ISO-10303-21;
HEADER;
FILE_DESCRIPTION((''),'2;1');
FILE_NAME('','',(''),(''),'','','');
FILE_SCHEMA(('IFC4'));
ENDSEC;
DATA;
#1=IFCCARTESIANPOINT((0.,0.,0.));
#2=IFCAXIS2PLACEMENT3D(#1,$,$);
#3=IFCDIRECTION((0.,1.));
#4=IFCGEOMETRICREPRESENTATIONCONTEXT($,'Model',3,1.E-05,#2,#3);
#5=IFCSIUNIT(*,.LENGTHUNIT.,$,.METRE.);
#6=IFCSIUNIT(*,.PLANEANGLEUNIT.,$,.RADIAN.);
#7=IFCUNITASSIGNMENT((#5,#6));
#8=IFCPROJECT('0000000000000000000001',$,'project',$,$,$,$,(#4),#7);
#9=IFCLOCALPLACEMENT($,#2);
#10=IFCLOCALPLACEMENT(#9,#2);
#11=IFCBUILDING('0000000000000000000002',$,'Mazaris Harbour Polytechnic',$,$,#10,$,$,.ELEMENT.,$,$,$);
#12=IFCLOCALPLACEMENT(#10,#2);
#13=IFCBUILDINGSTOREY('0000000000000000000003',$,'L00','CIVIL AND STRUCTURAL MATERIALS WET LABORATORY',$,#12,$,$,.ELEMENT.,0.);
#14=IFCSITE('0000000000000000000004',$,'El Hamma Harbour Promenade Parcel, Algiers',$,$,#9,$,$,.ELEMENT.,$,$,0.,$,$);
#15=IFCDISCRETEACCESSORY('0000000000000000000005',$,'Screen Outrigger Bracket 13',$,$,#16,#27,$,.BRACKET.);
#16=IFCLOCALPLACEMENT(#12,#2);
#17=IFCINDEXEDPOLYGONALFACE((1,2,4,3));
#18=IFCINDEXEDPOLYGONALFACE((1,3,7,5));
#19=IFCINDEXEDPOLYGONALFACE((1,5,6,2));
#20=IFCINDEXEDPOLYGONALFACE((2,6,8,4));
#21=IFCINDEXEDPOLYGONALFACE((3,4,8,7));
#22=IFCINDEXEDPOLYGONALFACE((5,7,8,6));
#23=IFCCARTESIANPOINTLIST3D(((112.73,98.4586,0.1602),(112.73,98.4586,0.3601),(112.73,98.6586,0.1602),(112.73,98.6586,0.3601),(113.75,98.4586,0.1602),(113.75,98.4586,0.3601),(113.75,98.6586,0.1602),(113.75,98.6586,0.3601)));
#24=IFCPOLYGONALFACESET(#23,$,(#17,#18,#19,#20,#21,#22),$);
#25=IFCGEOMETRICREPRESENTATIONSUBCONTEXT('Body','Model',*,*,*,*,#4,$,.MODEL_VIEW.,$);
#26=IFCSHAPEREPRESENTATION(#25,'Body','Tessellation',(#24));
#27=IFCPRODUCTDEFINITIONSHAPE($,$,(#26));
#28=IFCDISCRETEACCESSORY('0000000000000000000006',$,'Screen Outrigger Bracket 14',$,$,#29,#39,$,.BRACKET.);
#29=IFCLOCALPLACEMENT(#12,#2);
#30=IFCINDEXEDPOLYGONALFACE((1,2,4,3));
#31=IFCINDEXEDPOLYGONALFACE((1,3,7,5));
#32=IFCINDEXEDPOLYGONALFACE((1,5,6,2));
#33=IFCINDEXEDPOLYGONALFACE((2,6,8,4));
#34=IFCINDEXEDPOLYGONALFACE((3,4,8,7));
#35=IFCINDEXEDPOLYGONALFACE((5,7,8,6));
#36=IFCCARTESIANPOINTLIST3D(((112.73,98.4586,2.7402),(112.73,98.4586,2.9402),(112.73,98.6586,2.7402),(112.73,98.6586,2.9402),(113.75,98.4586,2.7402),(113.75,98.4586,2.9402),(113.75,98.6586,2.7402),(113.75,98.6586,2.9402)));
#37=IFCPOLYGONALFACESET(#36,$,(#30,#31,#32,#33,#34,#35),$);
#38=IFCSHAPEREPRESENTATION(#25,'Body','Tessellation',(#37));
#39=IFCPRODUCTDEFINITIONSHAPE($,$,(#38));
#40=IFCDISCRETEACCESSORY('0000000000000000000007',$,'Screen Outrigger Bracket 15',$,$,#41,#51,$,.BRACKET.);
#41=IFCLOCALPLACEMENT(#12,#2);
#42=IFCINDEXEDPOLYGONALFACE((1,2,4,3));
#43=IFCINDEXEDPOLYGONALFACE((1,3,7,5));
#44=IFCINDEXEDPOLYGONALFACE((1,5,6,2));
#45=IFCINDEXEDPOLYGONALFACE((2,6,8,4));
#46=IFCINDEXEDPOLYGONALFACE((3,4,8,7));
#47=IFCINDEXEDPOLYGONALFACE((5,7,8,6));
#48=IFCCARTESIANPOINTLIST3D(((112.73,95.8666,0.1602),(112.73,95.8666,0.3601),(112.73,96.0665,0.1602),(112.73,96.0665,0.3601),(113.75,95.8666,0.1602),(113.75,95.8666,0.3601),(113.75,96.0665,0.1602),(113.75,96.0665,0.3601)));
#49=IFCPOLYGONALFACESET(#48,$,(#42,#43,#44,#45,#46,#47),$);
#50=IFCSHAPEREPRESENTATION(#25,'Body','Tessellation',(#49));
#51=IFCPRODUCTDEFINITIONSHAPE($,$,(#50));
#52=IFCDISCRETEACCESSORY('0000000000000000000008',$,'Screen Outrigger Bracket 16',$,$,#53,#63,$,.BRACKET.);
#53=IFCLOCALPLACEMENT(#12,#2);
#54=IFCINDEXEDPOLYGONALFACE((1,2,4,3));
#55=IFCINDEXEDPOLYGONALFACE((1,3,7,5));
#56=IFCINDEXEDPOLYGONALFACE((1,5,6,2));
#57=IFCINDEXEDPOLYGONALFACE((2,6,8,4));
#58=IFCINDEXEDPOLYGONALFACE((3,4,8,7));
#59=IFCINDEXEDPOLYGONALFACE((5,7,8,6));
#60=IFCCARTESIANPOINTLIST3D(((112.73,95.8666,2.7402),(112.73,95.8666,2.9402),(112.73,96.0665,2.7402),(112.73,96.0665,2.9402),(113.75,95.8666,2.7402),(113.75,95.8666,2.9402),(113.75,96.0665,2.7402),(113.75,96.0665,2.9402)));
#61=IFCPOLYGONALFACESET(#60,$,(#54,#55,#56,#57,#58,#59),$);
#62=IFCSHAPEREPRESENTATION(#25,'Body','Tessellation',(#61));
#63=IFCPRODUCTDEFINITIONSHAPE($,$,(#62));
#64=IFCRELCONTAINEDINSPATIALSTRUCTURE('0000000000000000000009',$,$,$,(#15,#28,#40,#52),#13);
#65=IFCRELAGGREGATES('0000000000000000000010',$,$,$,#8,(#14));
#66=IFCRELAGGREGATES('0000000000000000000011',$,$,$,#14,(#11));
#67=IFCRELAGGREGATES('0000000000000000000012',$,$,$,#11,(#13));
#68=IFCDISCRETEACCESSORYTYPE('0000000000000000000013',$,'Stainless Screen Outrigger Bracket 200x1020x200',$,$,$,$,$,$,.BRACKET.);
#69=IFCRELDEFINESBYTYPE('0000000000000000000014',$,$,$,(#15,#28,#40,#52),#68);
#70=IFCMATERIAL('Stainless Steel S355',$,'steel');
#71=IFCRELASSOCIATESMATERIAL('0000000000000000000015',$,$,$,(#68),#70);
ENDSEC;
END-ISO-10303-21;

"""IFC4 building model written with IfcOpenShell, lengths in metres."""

from ifc_helpers import new_model, si_unit, direction, frame, origin, origin_2d, place, context, subcontext, project, spatial, rectangle, extrude, material, type_object, element, save


model = new_model("IFC4")

# Units and contexts
model_context = context("Model", 3, precision=1e-05, world=origin(), true_north=direction((0.0, 1.0)))
body_context = subcontext(model_context, "Body", "Model", "MODEL_VIEW")
ifc_project = project(units=[si_unit("LENGTHUNIT", "METRE"), si_unit("PLANEANGLEUNIT", "RADIAN")], contexts=[model_context])

# Site, building, storey
site_placement = place(None, origin())
site = spatial("IfcSite", under=ifc_project, at=site_placement, Name="El Hamma Harbour Promenade Parcel, Algiers", CompositionType="ELEMENT", RefElevation=0.0)
building_placement = place(site_placement, origin())
building = spatial("IfcBuilding", under=site, at=building_placement, Name="Mazaris Harbour Polytechnic", CompositionType="ELEMENT")
storey_placement = place(building_placement, origin())
storey = spatial("IfcBuildingStorey", under=building, at=storey_placement, Name="L00", Description="CIVIL AND STRUCTURAL MATERIALS WET LABORATORY", CompositionType="ELEMENT", Elevation=0.0)

# Discrete accessories
ifc_material_1 = material(Name="Stainless Steel S355", Category="steel")
discrete_accessory_type = type_object("IfcDiscreteAccessoryType", Name="Stainless Screen Outrigger Bracket 200x1020x200", PredefinedType="BRACKET", material=ifc_material_1)
for number, where, z_axis, x_axis, name in (
    (1, (113.24, 98.5586, 0.1602), (0.0, 0.0, 1.0), (0.0, -1.0, 0.0), "Screen Outrigger Bracket 13"),
    (2, (113.24, 98.5586, 2.7402), (0.0, 0.0, 1.0), (0.0, -1.0, 0.0), "Screen Outrigger Bracket 14"),
    (3, (113.24, 95.9666, 0.1602), (0.0, 0.0, 1.0), (0.0, -1.0, 0.0), "Screen Outrigger Bracket 15"),
    (4, (113.24, 95.9666, 2.7402), (0.0, 0.0, 1.0), (0.0, -1.0, 0.0), "Screen Outrigger Bracket 16"),
):
    element("IfcDiscreteAccessory", number, at=place(storey_placement, frame(where, z_axis=z_axis, x_axis=x_axis)), inside=storey, type_object=discrete_accessory_type, Name=name, PredefinedType="BRACKET", context=body_context, shape_type="SweptSolid", body=[
        extrude(rectangle(XDim=0.2, YDim=1.02, at=origin_2d()), origin(), (0.0, 0.0, 1.0), 0.2),
    ])

save(model, "model.ifc")
